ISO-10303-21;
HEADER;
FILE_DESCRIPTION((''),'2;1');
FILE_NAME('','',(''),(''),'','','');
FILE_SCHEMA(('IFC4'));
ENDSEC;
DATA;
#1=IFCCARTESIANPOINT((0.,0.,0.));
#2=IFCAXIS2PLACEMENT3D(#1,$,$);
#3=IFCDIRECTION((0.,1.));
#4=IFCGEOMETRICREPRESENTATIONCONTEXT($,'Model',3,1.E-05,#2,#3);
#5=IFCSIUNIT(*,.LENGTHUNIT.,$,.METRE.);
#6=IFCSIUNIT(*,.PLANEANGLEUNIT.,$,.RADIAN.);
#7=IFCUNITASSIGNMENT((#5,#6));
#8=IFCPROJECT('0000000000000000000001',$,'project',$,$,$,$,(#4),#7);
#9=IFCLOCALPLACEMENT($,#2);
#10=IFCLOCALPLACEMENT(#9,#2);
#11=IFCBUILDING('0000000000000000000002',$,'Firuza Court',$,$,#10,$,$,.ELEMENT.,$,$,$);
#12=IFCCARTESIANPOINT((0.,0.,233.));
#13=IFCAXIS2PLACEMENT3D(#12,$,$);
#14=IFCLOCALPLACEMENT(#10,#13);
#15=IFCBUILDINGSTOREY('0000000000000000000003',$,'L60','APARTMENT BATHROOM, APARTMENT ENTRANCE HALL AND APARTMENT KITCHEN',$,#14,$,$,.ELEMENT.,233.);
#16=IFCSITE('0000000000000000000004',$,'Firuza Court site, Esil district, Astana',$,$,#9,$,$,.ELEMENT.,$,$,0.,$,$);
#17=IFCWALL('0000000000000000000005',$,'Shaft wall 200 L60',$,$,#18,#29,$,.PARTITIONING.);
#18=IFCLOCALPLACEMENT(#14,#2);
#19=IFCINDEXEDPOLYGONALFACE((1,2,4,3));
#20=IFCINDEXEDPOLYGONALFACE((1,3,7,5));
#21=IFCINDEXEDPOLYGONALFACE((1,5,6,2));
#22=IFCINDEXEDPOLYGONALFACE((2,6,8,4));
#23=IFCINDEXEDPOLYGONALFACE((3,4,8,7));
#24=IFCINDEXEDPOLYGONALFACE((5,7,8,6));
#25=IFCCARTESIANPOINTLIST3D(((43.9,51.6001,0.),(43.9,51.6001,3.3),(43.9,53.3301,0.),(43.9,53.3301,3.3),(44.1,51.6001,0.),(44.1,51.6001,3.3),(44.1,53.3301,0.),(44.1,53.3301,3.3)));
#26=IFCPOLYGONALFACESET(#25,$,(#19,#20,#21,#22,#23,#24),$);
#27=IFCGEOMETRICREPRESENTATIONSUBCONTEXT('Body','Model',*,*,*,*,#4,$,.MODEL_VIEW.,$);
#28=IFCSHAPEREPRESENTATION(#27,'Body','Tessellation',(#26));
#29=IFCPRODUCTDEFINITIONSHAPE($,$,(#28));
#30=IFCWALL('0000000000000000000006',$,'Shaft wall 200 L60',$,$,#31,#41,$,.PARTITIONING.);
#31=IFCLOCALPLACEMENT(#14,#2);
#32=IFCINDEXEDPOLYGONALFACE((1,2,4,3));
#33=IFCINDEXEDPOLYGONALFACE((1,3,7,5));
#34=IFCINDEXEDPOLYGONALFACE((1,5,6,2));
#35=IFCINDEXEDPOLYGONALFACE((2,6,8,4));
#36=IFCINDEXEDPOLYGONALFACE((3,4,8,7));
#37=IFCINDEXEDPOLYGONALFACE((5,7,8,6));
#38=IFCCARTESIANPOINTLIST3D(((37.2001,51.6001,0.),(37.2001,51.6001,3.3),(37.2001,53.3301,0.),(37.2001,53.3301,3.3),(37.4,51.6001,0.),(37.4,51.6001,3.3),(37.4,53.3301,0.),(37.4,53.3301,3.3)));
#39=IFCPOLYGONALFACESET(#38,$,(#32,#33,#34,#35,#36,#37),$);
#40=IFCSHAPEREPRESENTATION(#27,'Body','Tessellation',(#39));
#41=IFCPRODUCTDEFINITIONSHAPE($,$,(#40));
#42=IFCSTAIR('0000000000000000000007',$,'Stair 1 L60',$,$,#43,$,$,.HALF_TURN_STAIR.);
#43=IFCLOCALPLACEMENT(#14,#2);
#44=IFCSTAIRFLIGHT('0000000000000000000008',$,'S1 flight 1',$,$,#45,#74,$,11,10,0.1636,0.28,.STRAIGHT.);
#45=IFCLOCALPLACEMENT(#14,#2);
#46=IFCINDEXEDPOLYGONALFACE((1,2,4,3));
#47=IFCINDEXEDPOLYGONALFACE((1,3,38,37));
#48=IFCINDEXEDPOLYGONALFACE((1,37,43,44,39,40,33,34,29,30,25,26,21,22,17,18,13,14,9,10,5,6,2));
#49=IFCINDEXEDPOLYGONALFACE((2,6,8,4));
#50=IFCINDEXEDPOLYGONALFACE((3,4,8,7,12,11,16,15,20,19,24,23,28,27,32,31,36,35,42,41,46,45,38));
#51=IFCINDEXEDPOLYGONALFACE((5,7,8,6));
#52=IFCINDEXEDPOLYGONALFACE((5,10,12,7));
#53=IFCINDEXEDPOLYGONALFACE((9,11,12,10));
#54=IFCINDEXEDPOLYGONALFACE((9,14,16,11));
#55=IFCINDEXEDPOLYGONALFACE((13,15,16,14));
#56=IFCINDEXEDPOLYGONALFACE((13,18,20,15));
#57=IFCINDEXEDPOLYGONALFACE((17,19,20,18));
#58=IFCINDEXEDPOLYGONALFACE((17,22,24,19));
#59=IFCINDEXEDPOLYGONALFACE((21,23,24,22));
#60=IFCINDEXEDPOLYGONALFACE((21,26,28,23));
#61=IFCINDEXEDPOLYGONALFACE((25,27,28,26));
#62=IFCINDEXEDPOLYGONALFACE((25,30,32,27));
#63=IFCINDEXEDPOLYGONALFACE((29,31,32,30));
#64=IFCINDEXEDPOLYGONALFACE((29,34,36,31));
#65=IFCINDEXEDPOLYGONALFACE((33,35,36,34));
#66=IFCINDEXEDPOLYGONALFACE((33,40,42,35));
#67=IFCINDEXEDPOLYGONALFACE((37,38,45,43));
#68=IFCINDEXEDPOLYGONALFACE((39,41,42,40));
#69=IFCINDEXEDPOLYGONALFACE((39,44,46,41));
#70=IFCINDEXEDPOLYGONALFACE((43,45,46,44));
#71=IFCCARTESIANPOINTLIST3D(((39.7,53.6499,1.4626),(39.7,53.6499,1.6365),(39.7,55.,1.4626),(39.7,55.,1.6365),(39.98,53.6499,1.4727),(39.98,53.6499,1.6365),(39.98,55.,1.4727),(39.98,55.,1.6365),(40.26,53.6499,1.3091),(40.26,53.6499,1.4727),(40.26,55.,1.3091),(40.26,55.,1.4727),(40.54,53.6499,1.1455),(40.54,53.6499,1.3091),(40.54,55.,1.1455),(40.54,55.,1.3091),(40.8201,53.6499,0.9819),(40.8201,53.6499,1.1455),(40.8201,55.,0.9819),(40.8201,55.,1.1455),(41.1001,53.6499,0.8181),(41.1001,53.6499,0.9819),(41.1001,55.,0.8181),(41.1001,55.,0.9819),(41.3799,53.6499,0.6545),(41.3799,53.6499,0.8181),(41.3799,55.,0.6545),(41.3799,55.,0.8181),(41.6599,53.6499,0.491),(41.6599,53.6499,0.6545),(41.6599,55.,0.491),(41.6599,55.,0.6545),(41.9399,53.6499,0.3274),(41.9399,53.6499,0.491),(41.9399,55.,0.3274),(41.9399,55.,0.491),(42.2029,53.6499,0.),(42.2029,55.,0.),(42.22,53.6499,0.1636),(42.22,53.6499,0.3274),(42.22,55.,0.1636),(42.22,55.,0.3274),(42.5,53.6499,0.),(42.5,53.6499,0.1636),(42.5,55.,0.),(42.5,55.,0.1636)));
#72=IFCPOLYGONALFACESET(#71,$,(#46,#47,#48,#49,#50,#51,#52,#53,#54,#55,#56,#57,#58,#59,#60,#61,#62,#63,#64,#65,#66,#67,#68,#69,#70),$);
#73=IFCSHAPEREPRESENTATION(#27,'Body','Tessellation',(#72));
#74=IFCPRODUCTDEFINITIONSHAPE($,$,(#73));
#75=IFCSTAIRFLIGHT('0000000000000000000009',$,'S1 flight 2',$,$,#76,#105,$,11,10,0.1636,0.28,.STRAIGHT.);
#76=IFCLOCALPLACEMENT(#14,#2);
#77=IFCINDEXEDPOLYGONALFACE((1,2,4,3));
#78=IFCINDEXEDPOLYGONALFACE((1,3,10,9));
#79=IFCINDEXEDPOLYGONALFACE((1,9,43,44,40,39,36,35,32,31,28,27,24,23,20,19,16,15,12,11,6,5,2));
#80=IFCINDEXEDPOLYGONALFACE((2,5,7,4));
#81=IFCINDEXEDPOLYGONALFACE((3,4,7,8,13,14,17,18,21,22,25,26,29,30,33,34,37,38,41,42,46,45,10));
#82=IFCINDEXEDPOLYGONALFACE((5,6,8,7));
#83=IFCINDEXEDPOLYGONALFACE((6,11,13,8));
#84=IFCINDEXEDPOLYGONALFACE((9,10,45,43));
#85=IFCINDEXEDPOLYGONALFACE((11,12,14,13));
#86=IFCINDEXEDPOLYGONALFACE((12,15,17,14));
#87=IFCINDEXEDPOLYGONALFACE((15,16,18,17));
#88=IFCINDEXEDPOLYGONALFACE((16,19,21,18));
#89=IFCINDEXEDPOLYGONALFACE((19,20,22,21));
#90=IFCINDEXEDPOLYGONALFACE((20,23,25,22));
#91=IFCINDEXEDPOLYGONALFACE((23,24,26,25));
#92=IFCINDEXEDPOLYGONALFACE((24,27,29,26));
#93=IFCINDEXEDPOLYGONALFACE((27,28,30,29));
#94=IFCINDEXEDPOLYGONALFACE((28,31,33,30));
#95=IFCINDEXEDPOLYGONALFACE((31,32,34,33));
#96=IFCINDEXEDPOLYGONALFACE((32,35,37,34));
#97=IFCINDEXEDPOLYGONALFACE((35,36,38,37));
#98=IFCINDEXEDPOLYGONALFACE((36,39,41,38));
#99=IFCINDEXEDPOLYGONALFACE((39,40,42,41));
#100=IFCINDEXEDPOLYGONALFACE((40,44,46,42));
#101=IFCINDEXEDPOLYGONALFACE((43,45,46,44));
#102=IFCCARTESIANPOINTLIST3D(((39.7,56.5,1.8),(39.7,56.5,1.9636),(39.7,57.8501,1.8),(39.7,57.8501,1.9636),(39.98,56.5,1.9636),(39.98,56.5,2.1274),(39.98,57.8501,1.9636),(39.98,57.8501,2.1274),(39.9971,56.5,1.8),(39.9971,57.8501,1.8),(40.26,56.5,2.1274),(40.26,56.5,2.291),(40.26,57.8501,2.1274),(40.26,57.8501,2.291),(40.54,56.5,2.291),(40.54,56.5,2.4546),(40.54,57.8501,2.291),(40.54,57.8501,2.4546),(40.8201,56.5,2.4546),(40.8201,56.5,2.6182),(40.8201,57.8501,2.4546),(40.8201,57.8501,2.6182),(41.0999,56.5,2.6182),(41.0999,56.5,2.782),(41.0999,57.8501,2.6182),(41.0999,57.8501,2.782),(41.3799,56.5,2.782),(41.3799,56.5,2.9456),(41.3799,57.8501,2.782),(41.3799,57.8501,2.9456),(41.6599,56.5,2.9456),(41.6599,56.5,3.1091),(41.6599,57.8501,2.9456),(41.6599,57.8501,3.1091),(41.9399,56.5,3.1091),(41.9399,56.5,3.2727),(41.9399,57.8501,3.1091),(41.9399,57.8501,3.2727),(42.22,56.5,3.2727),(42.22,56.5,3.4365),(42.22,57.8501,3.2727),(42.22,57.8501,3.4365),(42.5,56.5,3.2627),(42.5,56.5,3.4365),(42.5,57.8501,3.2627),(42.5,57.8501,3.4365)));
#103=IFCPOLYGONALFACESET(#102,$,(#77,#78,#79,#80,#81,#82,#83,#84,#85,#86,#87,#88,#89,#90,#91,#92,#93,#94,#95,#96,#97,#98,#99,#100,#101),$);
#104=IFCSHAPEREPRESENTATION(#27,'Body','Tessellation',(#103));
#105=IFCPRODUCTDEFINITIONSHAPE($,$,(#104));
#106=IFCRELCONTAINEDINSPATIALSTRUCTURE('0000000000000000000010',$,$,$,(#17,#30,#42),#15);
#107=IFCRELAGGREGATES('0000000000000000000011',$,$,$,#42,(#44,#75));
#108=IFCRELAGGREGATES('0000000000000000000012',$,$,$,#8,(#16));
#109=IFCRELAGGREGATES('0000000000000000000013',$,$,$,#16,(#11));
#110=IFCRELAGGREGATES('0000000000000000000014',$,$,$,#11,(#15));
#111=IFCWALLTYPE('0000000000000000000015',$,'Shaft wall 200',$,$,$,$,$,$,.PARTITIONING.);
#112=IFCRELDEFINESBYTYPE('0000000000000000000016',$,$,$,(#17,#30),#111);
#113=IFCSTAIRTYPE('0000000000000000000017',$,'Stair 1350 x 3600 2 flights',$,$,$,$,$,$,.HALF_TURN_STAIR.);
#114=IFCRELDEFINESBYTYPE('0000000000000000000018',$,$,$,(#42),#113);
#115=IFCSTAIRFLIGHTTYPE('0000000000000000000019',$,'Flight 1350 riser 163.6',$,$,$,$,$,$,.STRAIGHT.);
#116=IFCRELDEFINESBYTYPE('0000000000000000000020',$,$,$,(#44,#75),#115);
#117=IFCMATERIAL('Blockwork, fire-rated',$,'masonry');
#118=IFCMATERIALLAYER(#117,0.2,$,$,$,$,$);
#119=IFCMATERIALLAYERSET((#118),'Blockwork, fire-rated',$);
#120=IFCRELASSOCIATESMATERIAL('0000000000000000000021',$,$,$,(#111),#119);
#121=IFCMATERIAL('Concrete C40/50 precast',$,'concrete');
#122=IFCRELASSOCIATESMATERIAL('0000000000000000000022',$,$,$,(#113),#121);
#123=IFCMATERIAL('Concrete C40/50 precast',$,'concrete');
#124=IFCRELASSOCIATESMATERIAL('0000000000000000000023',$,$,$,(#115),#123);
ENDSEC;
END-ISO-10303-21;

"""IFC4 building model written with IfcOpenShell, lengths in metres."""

from ifc_helpers import new_model, si_unit, direction, frame, frame_2d, origin, place, context, subcontext, project, spatial, polyline, rectangle, outline, extrude, material, layer, layer_set, type_object, element, aggregate, save


model = new_model("IFC4")

# Units and contexts
model_context = context("Model", 3, precision=1e-05, world=origin(), true_north=direction((0.0, 1.0)))
body_context = subcontext(model_context, "Body", "Model", "MODEL_VIEW")
ifc_project = project(units=[si_unit("LENGTHUNIT", "METRE"), si_unit("PLANEANGLEUNIT", "RADIAN")], contexts=[model_context])

# Site, building, storey
site_placement = place(None, origin())
site = spatial("IfcSite", under=ifc_project, at=site_placement, Name="Firuza Court site, Esil district, Astana", CompositionType="ELEMENT", RefElevation=0.0)
building_placement = place(site_placement, origin())
building = spatial("IfcBuilding", under=site, at=building_placement, Name="Firuza Court", CompositionType="ELEMENT")
storey_placement = place(building_placement, frame((0.0, 0.0, 233.0)))
storey = spatial("IfcBuildingStorey", under=building, at=storey_placement, Name="L60", Description="APARTMENT BATHROOM, APARTMENT ENTRANCE HALL AND APARTMENT KITCHEN", CompositionType="ELEMENT", Elevation=233.0)

# Shared definitions
ifc_material_1 = material(Name="Blockwork, fire-rated", Category="masonry")
ifc_layer_1 = layer(ifc_material_1, 0.2)
ifc_layer_set_1 = layer_set([ifc_layer_1], Name="Blockwork, fire-rated")
wall_type_1 = type_object("IfcWallType", Name="Shaft wall 200", PredefinedType="PARTITIONING", material=ifc_layer_set_1)

# Walls
for number, where, z_axis, x_axis, name in (
    (1, (44.0, 51.6001, 0.0), (0.0, 0.0, 1.0), (0.0, 1.0, 0.0), "Shaft wall 200 L60"),
    (2, (37.3, 51.6001, 0.0), (0.0, 0.0, 1.0), (0.0, 1.0, 0.0), "Shaft wall 200 L60"),
):
    element("IfcWall", number, at=place(storey_placement, frame(where, z_axis=z_axis, x_axis=x_axis)), inside=storey, type_object=wall_type_1, Name=name, PredefinedType="PARTITIONING", context=body_context, shape_type="SweptSolid", body=[
        extrude(rectangle(XDim=1.73, YDim=0.2, at=frame_2d((0.865, 0.0))), origin(), (0.0, 0.0, 1.0), 3.3),
    ])

# Stair, stair flights
ifc_material_2 = material(Name="Concrete C40/50 precast", Category="concrete")
stair_type = type_object("IfcStairType", Name="Stair 1350 x 3600 2 flights", PredefinedType="HALF_TURN_STAIR", material=ifc_material_2)
stair_placement = place(storey_placement, origin())
stair = element("IfcStair", 3, at=stair_placement, inside=storey, type_object=stair_type, Name="Stair 1 L60", PredefinedType="HALF_TURN_STAIR")
ifc_material_3 = material(Name="Concrete C40/50 precast", Category="concrete")
stair_flight_type = type_object("IfcStairFlightType", Name="Flight 1350 riser 163.6", PredefinedType="STRAIGHT", material=ifc_material_3)
stair_flight_1_placement = place(storey_placement, frame((42.5, 54.325, 0.0), z_axis=(0.0, 0.0, 1.0), x_axis=(-1.0, 0.0, 0.0)))
stair_flight_1 = element("IfcStairFlight", 4, at=stair_flight_1_placement, type_object=stair_flight_type, Name="S1 flight 1", NumberOfRisers=11, NumberOfTreads=10, PredefinedType="STRAIGHT", RiserHeight=0.1636, TreadLength=0.28, context=body_context, shape_type="SweptSolid", body=[
    extrude(outline(polyline([(0.0, 0.0), (0.0, 0.1636), (0.28, 0.1636), (0.28, 0.3274), (0.5601, 0.3274), (0.5601, 0.491), (0.8401, 0.491), (0.8401, 0.6545), (1.1201, 0.6545), (1.1201, 0.8181), (1.3999, 0.8181), (1.3999, 0.9819), (1.6799, 0.9819), (1.6799, 1.1455), (1.96, 1.1455), (1.96, 1.3091), (2.24, 1.3091), (2.24, 1.4727), (2.52, 1.4727), (2.52, 1.6365), (2.8, 1.6365), (2.8, 1.8), (2.8, 1.4626), (0.2971, 0.0), (0.0, 0.0)])), frame((0.0, 0.675, 0.0), z_axis=(0.0, -1.0, 0.0), x_axis=(1.0, 0.0, 0.0)), (0.0, 0.0, 1.0), 1.3501),
])
stair_flight_2_placement = place(storey_placement, frame((39.7, 57.175, 1.8), z_axis=(0.0, 0.0, 1.0), x_axis=(1.0, 0.0, 0.0)))
stair_flight_2 = element("IfcStairFlight", 5, at=stair_flight_2_placement, type_object=stair_flight_type, Name="S1 flight 2", NumberOfRisers=11, NumberOfTreads=10, PredefinedType="STRAIGHT", RiserHeight=0.1636, TreadLength=0.28, context=body_context, shape_type="SweptSolid", body=[
    extrude(outline(polyline([(0.0, 0.0), (0.0, 0.1636), (0.28, 0.1636), (0.28, 0.3274), (0.5601, 0.3274), (0.5601, 0.491), (0.8401, 0.491), (0.8401, 0.6545), (1.1201, 0.6545), (1.1201, 0.8181), (1.3999, 0.8181), (1.3999, 0.9819), (1.6799, 0.9819), (1.6799, 1.1455), (1.96, 1.1455), (1.96, 1.3091), (2.24, 1.3091), (2.24, 1.4727), (2.52, 1.4727), (2.52, 1.6365), (2.8, 1.6365), (2.8, 1.8), (2.8, 1.4626), (0.2971, 0.0), (0.0, 0.0)])), frame((0.0, 0.675, 0.0), z_axis=(0.0, -1.0, 0.0), x_axis=(1.0, 0.0, 0.0)), (0.0, 0.0, 1.0), 1.3501),
])
aggregate(stair, [stair_flight_1, stair_flight_2])

save(model, "model.ifc")
